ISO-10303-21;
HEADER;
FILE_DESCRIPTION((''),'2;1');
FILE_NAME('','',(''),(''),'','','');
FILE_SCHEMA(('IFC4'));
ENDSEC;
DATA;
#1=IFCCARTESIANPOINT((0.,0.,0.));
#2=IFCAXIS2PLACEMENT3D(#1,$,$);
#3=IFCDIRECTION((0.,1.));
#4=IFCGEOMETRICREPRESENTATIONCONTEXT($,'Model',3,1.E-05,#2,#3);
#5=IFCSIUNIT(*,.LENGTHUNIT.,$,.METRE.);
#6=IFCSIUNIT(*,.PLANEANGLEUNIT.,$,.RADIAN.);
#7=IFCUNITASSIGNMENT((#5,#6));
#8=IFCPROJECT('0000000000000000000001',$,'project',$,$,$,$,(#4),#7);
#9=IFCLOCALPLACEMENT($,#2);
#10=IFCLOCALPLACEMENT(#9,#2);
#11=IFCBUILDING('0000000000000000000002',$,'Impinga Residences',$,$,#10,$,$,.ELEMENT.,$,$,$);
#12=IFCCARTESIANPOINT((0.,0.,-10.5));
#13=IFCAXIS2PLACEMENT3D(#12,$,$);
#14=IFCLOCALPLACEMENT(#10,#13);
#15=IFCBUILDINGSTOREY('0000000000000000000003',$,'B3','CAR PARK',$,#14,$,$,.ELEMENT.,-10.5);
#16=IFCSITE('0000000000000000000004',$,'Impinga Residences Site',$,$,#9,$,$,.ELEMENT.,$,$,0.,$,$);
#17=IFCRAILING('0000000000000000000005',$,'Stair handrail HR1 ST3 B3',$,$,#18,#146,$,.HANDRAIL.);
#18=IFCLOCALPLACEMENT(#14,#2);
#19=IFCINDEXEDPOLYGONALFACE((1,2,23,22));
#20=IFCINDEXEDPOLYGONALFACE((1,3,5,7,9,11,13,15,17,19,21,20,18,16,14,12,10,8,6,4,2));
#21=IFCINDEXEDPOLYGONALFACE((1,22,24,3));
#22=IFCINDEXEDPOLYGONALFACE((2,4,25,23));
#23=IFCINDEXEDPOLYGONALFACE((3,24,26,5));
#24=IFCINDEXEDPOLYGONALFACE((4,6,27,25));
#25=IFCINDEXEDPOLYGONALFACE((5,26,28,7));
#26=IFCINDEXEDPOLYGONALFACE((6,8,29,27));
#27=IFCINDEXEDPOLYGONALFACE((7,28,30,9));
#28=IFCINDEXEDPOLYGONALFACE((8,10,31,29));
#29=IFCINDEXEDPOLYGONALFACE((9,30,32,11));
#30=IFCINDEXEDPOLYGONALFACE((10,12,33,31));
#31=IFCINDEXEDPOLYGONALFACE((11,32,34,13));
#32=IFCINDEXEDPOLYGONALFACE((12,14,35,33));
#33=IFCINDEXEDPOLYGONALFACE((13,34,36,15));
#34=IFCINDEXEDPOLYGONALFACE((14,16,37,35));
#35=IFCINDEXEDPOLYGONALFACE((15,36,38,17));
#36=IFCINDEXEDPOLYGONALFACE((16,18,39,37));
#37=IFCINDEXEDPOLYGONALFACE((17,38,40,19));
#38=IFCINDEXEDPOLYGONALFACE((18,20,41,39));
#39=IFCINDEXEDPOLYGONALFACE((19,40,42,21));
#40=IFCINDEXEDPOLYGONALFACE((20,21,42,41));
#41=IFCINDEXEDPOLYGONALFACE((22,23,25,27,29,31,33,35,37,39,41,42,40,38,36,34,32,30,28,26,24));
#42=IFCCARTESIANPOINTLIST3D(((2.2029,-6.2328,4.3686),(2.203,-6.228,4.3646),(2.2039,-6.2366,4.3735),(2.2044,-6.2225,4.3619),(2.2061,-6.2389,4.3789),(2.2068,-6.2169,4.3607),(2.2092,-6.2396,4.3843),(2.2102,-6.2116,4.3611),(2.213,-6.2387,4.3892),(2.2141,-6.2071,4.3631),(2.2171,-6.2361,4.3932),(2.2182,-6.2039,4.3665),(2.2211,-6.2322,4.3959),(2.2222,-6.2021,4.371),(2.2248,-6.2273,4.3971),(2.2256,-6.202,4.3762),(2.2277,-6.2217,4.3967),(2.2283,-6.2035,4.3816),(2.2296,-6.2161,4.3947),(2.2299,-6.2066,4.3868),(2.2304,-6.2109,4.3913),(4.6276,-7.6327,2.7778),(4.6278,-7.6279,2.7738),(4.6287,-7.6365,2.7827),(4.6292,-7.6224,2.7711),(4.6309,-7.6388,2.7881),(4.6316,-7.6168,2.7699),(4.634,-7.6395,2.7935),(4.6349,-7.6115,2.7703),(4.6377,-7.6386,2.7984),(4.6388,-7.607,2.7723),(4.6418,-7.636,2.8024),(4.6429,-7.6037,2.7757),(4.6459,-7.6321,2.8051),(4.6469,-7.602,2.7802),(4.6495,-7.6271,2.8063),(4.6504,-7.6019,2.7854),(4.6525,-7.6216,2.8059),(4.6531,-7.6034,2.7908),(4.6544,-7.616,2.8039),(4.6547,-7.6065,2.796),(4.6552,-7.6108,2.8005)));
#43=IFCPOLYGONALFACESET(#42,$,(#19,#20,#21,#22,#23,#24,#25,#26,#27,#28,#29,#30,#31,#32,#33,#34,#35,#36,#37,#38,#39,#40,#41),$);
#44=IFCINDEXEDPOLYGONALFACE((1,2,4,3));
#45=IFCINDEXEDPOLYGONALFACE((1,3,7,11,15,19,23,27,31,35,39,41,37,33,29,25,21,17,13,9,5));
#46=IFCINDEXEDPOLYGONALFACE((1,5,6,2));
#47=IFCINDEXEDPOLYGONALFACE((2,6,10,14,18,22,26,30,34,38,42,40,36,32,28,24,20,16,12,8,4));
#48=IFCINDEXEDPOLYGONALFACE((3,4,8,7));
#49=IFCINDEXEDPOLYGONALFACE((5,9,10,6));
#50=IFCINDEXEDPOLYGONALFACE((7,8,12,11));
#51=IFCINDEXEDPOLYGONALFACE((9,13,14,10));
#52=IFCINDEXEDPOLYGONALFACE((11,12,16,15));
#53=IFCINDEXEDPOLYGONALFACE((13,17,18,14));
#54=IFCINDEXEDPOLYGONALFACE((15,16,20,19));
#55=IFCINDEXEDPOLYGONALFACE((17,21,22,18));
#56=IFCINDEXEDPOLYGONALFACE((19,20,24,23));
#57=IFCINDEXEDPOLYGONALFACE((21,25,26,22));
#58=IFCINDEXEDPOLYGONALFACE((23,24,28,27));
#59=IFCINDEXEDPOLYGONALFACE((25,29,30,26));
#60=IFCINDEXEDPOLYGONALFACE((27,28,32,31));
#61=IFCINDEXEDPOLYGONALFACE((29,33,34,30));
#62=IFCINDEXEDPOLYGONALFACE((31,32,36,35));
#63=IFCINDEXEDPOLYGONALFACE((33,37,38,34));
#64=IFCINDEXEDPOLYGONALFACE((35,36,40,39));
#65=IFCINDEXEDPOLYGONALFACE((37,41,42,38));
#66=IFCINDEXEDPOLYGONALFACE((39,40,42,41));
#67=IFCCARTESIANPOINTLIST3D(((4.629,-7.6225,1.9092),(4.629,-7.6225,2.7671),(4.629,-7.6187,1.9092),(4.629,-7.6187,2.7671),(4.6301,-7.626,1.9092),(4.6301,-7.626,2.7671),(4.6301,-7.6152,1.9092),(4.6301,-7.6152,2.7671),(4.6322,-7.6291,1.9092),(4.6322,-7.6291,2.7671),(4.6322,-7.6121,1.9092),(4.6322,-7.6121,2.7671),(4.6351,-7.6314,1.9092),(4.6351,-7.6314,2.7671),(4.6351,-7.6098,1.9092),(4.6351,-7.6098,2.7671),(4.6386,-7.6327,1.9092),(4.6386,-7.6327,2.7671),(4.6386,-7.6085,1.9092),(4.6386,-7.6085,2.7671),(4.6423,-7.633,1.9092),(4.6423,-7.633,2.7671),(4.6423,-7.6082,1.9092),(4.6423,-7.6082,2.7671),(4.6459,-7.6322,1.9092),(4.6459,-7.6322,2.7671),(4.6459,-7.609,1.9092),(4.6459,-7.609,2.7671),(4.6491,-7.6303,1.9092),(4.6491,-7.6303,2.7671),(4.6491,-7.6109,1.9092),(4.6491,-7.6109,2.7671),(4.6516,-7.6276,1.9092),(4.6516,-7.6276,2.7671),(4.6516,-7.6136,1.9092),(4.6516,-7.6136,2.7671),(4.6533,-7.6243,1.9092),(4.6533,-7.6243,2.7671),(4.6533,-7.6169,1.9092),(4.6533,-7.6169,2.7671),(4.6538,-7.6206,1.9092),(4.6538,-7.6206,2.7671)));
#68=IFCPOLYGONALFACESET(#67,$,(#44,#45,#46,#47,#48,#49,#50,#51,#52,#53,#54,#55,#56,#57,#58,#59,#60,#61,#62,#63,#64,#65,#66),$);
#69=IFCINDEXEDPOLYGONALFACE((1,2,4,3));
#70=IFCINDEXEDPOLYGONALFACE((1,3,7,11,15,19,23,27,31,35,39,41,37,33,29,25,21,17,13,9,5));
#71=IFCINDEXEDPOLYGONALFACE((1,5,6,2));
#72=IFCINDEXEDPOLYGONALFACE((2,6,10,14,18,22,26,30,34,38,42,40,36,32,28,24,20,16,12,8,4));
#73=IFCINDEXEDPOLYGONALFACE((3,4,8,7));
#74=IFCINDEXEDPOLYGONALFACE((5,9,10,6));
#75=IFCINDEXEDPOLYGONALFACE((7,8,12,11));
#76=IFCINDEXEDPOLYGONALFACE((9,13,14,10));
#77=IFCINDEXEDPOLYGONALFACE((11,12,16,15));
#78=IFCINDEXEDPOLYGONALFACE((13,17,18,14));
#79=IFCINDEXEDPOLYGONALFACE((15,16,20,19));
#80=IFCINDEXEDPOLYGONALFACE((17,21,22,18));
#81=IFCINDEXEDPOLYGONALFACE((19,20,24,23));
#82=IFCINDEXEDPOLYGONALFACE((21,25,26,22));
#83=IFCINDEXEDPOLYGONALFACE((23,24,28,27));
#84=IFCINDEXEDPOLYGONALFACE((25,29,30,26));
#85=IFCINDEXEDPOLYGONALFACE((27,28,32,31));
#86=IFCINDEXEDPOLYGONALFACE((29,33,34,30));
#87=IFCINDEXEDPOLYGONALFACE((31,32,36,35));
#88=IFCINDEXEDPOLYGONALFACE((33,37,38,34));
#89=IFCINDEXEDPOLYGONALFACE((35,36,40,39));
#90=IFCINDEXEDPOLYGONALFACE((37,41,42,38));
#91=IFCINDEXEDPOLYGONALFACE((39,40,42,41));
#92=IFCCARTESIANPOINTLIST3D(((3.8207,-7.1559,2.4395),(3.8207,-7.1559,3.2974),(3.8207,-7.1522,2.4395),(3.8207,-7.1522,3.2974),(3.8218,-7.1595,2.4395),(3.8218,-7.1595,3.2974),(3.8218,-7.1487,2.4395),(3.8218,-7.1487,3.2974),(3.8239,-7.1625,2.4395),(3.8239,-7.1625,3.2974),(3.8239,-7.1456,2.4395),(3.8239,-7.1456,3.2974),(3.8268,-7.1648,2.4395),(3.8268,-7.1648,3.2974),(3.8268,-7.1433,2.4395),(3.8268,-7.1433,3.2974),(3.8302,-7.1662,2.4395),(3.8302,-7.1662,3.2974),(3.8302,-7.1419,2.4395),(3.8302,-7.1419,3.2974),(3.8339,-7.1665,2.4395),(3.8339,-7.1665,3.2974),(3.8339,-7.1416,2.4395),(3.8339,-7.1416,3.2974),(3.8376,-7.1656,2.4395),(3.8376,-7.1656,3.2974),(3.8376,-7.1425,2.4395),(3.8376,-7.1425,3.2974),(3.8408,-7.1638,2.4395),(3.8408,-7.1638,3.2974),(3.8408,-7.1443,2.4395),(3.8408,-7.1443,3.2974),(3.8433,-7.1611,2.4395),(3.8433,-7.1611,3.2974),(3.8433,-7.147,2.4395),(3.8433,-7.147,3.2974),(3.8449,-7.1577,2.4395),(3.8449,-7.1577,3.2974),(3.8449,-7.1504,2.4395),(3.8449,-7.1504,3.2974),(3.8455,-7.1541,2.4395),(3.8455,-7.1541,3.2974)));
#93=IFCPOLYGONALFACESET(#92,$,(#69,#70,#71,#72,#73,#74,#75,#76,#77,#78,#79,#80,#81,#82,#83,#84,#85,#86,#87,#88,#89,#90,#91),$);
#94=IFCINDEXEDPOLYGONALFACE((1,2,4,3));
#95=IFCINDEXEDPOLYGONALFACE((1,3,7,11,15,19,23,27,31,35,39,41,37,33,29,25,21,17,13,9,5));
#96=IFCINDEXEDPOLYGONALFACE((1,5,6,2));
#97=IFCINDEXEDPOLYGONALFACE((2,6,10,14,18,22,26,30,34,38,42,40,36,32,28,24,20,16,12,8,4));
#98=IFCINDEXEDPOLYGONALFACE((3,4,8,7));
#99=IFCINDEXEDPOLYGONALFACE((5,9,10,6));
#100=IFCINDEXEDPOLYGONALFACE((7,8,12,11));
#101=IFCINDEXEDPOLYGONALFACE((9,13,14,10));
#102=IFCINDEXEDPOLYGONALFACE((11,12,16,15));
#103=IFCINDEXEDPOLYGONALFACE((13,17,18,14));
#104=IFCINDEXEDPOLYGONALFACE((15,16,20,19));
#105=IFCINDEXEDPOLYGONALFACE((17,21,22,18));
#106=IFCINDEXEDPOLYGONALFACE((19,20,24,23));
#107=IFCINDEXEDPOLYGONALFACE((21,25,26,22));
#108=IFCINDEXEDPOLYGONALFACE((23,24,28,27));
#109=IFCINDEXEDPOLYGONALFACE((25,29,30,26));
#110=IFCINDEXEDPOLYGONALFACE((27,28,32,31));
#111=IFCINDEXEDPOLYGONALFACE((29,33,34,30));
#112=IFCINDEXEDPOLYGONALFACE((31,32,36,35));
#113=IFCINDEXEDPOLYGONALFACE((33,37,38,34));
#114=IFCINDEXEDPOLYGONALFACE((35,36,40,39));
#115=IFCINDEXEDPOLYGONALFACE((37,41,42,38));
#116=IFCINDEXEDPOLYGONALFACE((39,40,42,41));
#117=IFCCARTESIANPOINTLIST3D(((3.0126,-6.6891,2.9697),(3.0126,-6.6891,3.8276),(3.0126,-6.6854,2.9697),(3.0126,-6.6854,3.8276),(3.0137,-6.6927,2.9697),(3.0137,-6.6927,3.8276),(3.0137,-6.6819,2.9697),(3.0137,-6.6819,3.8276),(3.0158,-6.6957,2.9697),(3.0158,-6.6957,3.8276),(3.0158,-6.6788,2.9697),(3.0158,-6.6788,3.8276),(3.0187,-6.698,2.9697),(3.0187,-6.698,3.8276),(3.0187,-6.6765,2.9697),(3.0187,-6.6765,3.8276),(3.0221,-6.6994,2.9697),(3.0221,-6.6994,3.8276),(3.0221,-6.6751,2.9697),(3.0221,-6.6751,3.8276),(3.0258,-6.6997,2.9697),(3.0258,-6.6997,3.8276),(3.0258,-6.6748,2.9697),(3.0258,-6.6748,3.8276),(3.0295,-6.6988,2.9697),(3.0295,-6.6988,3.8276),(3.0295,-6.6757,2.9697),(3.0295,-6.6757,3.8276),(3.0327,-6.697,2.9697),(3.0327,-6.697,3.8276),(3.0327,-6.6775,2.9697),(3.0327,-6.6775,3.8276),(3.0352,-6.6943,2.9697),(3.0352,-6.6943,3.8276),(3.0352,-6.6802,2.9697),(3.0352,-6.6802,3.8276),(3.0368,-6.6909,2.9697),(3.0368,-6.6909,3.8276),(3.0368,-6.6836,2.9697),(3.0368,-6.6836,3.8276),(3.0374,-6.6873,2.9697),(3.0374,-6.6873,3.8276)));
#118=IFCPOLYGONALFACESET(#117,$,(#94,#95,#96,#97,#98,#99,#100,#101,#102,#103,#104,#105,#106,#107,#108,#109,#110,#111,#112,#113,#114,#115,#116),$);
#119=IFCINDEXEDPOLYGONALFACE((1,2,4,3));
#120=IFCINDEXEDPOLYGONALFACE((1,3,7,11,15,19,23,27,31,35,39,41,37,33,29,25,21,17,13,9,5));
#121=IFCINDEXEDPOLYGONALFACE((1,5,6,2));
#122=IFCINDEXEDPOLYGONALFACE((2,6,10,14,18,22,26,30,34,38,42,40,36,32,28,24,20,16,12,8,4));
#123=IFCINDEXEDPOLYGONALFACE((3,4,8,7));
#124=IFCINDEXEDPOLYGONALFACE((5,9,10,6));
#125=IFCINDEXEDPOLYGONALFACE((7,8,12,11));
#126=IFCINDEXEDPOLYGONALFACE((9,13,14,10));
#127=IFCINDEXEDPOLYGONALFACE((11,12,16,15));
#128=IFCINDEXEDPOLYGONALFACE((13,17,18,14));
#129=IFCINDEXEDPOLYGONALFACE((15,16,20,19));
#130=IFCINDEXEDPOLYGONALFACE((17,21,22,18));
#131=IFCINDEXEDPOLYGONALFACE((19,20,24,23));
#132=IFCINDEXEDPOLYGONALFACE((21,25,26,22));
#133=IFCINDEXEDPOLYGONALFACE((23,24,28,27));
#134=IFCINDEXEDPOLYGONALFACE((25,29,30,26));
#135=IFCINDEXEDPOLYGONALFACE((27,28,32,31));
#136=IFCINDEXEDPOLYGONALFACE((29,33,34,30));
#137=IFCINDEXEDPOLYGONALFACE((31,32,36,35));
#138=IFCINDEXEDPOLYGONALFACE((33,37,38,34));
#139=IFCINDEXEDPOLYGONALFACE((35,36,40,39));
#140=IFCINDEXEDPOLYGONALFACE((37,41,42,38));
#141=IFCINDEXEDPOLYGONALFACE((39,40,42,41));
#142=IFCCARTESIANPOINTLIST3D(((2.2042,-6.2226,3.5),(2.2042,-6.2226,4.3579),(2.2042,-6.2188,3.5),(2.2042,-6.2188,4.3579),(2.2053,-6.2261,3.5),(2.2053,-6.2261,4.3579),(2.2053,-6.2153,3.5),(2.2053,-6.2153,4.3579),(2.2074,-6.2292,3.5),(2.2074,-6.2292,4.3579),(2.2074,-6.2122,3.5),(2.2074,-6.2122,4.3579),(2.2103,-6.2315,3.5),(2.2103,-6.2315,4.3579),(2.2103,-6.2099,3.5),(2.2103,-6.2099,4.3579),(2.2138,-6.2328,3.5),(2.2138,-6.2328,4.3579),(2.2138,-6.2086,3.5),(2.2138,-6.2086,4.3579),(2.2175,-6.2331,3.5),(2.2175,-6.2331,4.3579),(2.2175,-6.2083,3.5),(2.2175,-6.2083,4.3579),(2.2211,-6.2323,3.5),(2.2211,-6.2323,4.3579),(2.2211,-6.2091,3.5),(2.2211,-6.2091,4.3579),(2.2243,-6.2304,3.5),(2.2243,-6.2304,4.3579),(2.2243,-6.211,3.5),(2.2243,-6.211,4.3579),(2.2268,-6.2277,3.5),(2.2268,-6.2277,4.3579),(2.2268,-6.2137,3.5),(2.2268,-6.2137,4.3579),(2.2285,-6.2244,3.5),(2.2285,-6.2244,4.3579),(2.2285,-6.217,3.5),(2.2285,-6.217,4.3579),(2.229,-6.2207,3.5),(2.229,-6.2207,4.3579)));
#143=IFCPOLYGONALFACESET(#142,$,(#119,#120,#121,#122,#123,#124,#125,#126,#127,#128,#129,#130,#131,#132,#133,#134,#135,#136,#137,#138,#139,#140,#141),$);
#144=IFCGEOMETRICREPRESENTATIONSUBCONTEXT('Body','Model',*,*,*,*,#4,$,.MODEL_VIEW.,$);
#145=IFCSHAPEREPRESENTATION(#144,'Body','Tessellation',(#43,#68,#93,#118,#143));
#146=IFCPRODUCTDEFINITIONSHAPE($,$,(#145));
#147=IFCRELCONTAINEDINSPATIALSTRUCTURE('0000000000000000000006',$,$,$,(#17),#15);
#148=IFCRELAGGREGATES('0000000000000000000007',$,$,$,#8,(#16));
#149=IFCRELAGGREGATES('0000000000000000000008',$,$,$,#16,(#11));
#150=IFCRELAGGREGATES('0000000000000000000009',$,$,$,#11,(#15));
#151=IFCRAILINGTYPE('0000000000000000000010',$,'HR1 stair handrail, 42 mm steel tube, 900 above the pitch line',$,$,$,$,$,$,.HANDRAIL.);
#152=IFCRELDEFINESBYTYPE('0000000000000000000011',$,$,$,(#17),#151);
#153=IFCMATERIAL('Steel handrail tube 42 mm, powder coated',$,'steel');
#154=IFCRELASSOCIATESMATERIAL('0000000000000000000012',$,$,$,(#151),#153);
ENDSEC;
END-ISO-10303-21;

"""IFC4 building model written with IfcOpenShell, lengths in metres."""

from ifc_helpers import new_model, si_unit, direction, frame, origin, origin_2d, place, context, subcontext, project, spatial, circle, extrude, material, type_object, element, save


model = new_model("IFC4")

# Units and contexts
model_context = context("Model", 3, precision=1e-05, world=origin(), true_north=direction((0.0, 1.0)))
body_context = subcontext(model_context, "Body", "Model", "MODEL_VIEW")
ifc_project = project(units=[si_unit("LENGTHUNIT", "METRE"), si_unit("PLANEANGLEUNIT", "RADIAN")], contexts=[model_context])

# Site, building, storey
site_placement = place(None, origin())
site = spatial("IfcSite", under=ifc_project, at=site_placement, Name="Impinga Residences Site", CompositionType="ELEMENT", RefElevation=0.0)
building_placement = place(site_placement, origin())
building = spatial("IfcBuilding", under=site, at=building_placement, Name="Impinga Residences", CompositionType="ELEMENT")
storey_placement = place(building_placement, frame((0.0, 0.0, -10.5)))
storey = spatial("IfcBuildingStorey", under=building, at=storey_placement, Name="B3", Description="CAR PARK", CompositionType="ELEMENT", Elevation=-10.5)

# Railing
ifc_material_1 = material(Name="Steel handrail tube 42 mm, powder coated", Category="steel")
railing_type_1 = type_object("IfcRailingType", Name="HR1 stair handrail, 42 mm steel tube, 900 above the pitch line", PredefinedType="HANDRAIL", material=ifc_material_1)
railing_1_placement = place(storey_placement, frame((4.6414, -7.6206, 1.9092)))
element("IfcRailing", 1, at=railing_1_placement, inside=storey, type_object=railing_type_1, Name="Stair handrail HR1 ST3 B3", PredefinedType="HANDRAIL", context=body_context, shape_type="SweptSolid", body=[
    extrude(circle(Radius=0.021, at=origin_2d()), frame((0.0, 0.0, 0.8789), z_axis=(-0.752983, 0.434716, 0.494003), x_axis=(-0.499984, -0.866035, 0.0)), (0.0, 0.0, 1.0), 3.2202),
    extrude(circle(Radius=0.0125, at=origin_2d()), origin(), (0.0, 0.0, 1.0), 0.8579),
    extrude(circle(Radius=0.0125, at=origin_2d()), frame((-0.8083, 0.4666, 0.5303)), (0.0, 0.0, 1.0), 0.8579),
    extrude(circle(Radius=0.0125, at=origin_2d()), frame((-1.6165, 0.9333, 1.0605)), (0.0, 0.0, 1.0), 0.8579),
    extrude(circle(Radius=0.0125, at=origin_2d()), frame((-2.4248, 1.3999, 1.5908)), (0.0, 0.0, 1.0), 0.8579),
])

save(model, "model.ifc")
